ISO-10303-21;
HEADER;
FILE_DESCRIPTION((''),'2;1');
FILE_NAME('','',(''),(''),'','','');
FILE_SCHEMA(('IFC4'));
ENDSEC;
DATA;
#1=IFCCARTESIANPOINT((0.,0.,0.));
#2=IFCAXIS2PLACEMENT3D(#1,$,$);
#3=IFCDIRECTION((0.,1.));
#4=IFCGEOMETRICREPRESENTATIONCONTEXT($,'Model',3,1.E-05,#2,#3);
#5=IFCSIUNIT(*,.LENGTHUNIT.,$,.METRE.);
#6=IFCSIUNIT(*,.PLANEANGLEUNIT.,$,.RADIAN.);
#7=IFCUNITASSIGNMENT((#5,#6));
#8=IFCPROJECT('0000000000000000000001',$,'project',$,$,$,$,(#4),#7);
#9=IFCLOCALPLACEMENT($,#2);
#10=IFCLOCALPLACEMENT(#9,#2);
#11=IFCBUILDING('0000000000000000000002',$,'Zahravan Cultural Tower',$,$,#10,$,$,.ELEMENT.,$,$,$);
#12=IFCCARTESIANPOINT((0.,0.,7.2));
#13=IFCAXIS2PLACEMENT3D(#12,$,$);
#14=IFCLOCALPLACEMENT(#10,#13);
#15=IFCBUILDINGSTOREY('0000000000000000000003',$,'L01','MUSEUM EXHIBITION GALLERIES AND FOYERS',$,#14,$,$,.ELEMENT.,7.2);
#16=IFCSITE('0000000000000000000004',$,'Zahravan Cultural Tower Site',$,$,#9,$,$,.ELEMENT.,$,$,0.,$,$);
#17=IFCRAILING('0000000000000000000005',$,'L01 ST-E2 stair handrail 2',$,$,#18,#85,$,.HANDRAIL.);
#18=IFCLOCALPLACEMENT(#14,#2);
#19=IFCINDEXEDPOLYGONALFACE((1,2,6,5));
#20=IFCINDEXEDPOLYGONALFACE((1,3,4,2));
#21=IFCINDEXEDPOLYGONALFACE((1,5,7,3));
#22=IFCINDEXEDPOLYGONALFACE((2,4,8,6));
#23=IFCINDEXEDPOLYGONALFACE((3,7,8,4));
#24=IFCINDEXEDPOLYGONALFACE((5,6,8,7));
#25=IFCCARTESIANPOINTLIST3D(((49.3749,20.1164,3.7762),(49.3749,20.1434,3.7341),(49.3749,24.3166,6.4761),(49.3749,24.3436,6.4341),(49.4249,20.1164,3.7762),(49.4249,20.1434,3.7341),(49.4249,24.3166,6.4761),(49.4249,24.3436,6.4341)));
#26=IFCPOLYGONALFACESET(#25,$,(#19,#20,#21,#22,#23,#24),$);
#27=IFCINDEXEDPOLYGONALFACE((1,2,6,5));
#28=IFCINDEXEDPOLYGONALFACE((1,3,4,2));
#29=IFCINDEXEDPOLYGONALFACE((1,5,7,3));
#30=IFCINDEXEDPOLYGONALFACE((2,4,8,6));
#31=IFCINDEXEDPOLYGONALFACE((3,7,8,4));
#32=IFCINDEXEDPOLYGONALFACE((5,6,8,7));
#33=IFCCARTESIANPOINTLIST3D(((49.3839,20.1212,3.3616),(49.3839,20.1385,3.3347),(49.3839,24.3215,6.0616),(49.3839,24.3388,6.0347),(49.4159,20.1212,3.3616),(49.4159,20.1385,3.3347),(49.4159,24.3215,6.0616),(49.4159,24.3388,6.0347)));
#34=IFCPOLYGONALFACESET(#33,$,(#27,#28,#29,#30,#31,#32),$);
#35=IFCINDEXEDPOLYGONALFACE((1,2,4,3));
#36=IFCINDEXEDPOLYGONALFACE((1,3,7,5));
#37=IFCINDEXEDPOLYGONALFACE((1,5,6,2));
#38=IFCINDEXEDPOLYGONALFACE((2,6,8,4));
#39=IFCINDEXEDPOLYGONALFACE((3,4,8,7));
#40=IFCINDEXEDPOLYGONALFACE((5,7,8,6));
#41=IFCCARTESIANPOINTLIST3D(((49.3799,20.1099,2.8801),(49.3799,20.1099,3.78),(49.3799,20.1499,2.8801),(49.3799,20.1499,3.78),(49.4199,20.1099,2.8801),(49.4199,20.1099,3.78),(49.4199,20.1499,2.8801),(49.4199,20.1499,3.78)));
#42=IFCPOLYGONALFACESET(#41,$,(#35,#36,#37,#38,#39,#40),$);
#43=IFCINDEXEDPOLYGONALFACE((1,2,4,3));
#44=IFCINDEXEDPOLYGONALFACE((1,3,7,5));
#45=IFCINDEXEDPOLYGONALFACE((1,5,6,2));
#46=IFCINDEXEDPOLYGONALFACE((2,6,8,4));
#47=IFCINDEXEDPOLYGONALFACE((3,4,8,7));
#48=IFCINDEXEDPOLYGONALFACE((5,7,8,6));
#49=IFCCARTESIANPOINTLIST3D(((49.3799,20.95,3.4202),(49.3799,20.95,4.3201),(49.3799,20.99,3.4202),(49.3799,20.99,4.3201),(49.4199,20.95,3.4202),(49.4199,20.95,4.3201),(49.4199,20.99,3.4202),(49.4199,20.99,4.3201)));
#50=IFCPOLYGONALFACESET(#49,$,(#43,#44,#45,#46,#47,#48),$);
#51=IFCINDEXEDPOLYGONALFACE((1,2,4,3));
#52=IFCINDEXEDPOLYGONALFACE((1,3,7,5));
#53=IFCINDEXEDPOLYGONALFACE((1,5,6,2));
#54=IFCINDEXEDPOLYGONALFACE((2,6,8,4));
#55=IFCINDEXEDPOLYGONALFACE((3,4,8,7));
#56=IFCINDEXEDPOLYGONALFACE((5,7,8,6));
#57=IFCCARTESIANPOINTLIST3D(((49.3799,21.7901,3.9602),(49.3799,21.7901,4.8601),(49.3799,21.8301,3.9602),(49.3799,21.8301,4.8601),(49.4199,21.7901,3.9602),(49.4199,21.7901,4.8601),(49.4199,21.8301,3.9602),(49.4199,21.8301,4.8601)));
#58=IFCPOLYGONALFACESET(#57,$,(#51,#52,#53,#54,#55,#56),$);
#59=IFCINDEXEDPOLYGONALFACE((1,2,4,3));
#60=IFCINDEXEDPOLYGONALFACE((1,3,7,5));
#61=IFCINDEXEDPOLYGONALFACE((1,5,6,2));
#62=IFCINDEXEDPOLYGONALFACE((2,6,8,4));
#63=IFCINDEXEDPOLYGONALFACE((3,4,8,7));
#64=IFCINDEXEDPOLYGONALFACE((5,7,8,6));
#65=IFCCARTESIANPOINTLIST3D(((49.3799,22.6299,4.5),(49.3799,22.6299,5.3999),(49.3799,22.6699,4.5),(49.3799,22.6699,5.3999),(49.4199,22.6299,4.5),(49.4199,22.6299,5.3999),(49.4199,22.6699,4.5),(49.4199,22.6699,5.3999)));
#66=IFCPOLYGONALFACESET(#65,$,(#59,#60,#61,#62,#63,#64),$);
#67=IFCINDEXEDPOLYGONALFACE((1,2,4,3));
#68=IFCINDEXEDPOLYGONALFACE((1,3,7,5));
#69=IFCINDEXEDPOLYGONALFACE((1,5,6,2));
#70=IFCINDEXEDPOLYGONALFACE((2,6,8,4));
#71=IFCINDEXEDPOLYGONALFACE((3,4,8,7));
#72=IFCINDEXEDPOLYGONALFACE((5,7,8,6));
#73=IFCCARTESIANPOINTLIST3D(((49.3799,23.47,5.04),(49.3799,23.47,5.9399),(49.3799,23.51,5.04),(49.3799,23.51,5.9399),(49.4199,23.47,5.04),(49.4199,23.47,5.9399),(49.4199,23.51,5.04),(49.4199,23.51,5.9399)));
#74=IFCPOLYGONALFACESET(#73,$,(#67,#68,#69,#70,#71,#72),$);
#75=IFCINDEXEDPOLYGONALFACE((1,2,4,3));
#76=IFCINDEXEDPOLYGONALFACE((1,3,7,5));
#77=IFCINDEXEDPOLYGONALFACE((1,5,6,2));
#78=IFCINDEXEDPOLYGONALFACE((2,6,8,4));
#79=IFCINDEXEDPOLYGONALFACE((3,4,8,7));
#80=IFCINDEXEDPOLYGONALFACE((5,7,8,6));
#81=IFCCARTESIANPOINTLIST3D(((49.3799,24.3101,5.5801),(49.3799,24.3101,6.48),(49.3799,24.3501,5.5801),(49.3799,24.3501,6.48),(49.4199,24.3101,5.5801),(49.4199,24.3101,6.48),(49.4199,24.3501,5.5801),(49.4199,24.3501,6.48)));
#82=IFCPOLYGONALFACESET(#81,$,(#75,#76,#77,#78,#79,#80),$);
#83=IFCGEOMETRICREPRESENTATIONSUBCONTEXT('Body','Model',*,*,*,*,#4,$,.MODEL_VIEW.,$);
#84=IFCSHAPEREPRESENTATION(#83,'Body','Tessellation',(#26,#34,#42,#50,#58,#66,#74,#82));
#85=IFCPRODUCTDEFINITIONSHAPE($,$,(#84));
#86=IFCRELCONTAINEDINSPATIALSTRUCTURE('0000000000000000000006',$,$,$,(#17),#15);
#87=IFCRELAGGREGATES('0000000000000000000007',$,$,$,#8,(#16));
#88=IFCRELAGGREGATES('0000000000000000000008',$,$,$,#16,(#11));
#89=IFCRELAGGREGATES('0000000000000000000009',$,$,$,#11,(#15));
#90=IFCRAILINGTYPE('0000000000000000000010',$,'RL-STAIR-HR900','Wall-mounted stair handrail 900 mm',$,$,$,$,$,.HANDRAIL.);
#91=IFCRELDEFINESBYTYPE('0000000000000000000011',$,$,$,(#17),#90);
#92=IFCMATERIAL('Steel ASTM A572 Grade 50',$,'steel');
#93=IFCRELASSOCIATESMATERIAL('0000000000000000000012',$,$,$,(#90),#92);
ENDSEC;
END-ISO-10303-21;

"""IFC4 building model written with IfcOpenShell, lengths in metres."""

from ifc_helpers import new_model, si_unit, direction, frame, origin, origin_2d, place, context, subcontext, project, spatial, rectangle, extrude, material, type_object, element, save


model = new_model("IFC4")

# Units and contexts
model_context = context("Model", 3, precision=1e-05, world=origin(), true_north=direction((0.0, 1.0)))
body_context = subcontext(model_context, "Body", "Model", "MODEL_VIEW")
ifc_project = project(units=[si_unit("LENGTHUNIT", "METRE"), si_unit("PLANEANGLEUNIT", "RADIAN")], contexts=[model_context])

# Site, building, storey
site_placement = place(None, origin())
site = spatial("IfcSite", under=ifc_project, at=site_placement, Name="Zahravan Cultural Tower Site", CompositionType="ELEMENT", RefElevation=0.0)
building_placement = place(site_placement, origin())
building = spatial("IfcBuilding", under=site, at=building_placement, Name="Zahravan Cultural Tower", CompositionType="ELEMENT")
storey_placement = place(building_placement, frame((0.0, 0.0, 7.2)))
storey = spatial("IfcBuildingStorey", under=building, at=storey_placement, Name="L01", Description="MUSEUM EXHIBITION GALLERIES AND FOYERS", CompositionType="ELEMENT", Elevation=7.2)

# Shared definitions
ifc_material_1 = material(Name="Steel ASTM A572 Grade 50", Category="steel")

# Railing
railing_type_1 = type_object("IfcRailingType", Name="RL-STAIR-HR900", Description="Wall-mounted stair handrail 900 mm", PredefinedType="HANDRAIL", material=ifc_material_1)
railing_1_placement = place(storey_placement, frame((49.3999, 20.1299, 2.8801)))
element("IfcRailing", 1, at=railing_1_placement, inside=storey, type_object=railing_type_1, Name="L01 ST-E2 stair handrail 2", PredefinedType="HANDRAIL", context=body_context, shape_type="SweptSolid", body=[
    extrude(rectangle(XDim=0.05, YDim=0.05, at=origin_2d()), frame((0.0, 0.0, 0.875), z_axis=(0.0, 0.841194, 0.540733), x_axis=(-1.0, 0.0, 0.0)), (0.0, 0.0, 1.0), 4.9932),
    extrude(rectangle(XDim=0.032, YDim=0.032, at=origin_2d()), frame((0.0, 0.0, 0.468), z_axis=(0.0, 0.841194, 0.540733), x_axis=(-1.0, 0.0, 0.0)), (0.0, 0.0, 1.0), 4.9932),
    extrude(rectangle(XDim=0.04, YDim=0.04, at=origin_2d()), origin(), (0.0, 0.0, 1.0), 0.8999),
    extrude(rectangle(XDim=0.04, YDim=0.04, at=origin_2d()), frame((0.0, 0.8401, 0.54)), (0.0, 0.0, 1.0), 0.8999),
    extrude(rectangle(XDim=0.04, YDim=0.04, at=origin_2d()), frame((0.0, 1.6802, 1.0801)), (0.0, 0.0, 1.0), 0.8999),
    extrude(rectangle(XDim=0.04, YDim=0.04, at=origin_2d()), frame((0.0, 2.52, 1.6199)), (0.0, 0.0, 1.0), 0.8999),
    extrude(rectangle(XDim=0.04, YDim=0.04, at=origin_2d()), frame((0.0, 3.3601, 2.1599)), (0.0, 0.0, 1.0), 0.8999),
    extrude(rectangle(XDim=0.04, YDim=0.04, at=origin_2d()), frame((0.0, 4.2002, 2.7)), (0.0, 0.0, 1.0), 0.8999),
])

save(model, "model.ifc")
